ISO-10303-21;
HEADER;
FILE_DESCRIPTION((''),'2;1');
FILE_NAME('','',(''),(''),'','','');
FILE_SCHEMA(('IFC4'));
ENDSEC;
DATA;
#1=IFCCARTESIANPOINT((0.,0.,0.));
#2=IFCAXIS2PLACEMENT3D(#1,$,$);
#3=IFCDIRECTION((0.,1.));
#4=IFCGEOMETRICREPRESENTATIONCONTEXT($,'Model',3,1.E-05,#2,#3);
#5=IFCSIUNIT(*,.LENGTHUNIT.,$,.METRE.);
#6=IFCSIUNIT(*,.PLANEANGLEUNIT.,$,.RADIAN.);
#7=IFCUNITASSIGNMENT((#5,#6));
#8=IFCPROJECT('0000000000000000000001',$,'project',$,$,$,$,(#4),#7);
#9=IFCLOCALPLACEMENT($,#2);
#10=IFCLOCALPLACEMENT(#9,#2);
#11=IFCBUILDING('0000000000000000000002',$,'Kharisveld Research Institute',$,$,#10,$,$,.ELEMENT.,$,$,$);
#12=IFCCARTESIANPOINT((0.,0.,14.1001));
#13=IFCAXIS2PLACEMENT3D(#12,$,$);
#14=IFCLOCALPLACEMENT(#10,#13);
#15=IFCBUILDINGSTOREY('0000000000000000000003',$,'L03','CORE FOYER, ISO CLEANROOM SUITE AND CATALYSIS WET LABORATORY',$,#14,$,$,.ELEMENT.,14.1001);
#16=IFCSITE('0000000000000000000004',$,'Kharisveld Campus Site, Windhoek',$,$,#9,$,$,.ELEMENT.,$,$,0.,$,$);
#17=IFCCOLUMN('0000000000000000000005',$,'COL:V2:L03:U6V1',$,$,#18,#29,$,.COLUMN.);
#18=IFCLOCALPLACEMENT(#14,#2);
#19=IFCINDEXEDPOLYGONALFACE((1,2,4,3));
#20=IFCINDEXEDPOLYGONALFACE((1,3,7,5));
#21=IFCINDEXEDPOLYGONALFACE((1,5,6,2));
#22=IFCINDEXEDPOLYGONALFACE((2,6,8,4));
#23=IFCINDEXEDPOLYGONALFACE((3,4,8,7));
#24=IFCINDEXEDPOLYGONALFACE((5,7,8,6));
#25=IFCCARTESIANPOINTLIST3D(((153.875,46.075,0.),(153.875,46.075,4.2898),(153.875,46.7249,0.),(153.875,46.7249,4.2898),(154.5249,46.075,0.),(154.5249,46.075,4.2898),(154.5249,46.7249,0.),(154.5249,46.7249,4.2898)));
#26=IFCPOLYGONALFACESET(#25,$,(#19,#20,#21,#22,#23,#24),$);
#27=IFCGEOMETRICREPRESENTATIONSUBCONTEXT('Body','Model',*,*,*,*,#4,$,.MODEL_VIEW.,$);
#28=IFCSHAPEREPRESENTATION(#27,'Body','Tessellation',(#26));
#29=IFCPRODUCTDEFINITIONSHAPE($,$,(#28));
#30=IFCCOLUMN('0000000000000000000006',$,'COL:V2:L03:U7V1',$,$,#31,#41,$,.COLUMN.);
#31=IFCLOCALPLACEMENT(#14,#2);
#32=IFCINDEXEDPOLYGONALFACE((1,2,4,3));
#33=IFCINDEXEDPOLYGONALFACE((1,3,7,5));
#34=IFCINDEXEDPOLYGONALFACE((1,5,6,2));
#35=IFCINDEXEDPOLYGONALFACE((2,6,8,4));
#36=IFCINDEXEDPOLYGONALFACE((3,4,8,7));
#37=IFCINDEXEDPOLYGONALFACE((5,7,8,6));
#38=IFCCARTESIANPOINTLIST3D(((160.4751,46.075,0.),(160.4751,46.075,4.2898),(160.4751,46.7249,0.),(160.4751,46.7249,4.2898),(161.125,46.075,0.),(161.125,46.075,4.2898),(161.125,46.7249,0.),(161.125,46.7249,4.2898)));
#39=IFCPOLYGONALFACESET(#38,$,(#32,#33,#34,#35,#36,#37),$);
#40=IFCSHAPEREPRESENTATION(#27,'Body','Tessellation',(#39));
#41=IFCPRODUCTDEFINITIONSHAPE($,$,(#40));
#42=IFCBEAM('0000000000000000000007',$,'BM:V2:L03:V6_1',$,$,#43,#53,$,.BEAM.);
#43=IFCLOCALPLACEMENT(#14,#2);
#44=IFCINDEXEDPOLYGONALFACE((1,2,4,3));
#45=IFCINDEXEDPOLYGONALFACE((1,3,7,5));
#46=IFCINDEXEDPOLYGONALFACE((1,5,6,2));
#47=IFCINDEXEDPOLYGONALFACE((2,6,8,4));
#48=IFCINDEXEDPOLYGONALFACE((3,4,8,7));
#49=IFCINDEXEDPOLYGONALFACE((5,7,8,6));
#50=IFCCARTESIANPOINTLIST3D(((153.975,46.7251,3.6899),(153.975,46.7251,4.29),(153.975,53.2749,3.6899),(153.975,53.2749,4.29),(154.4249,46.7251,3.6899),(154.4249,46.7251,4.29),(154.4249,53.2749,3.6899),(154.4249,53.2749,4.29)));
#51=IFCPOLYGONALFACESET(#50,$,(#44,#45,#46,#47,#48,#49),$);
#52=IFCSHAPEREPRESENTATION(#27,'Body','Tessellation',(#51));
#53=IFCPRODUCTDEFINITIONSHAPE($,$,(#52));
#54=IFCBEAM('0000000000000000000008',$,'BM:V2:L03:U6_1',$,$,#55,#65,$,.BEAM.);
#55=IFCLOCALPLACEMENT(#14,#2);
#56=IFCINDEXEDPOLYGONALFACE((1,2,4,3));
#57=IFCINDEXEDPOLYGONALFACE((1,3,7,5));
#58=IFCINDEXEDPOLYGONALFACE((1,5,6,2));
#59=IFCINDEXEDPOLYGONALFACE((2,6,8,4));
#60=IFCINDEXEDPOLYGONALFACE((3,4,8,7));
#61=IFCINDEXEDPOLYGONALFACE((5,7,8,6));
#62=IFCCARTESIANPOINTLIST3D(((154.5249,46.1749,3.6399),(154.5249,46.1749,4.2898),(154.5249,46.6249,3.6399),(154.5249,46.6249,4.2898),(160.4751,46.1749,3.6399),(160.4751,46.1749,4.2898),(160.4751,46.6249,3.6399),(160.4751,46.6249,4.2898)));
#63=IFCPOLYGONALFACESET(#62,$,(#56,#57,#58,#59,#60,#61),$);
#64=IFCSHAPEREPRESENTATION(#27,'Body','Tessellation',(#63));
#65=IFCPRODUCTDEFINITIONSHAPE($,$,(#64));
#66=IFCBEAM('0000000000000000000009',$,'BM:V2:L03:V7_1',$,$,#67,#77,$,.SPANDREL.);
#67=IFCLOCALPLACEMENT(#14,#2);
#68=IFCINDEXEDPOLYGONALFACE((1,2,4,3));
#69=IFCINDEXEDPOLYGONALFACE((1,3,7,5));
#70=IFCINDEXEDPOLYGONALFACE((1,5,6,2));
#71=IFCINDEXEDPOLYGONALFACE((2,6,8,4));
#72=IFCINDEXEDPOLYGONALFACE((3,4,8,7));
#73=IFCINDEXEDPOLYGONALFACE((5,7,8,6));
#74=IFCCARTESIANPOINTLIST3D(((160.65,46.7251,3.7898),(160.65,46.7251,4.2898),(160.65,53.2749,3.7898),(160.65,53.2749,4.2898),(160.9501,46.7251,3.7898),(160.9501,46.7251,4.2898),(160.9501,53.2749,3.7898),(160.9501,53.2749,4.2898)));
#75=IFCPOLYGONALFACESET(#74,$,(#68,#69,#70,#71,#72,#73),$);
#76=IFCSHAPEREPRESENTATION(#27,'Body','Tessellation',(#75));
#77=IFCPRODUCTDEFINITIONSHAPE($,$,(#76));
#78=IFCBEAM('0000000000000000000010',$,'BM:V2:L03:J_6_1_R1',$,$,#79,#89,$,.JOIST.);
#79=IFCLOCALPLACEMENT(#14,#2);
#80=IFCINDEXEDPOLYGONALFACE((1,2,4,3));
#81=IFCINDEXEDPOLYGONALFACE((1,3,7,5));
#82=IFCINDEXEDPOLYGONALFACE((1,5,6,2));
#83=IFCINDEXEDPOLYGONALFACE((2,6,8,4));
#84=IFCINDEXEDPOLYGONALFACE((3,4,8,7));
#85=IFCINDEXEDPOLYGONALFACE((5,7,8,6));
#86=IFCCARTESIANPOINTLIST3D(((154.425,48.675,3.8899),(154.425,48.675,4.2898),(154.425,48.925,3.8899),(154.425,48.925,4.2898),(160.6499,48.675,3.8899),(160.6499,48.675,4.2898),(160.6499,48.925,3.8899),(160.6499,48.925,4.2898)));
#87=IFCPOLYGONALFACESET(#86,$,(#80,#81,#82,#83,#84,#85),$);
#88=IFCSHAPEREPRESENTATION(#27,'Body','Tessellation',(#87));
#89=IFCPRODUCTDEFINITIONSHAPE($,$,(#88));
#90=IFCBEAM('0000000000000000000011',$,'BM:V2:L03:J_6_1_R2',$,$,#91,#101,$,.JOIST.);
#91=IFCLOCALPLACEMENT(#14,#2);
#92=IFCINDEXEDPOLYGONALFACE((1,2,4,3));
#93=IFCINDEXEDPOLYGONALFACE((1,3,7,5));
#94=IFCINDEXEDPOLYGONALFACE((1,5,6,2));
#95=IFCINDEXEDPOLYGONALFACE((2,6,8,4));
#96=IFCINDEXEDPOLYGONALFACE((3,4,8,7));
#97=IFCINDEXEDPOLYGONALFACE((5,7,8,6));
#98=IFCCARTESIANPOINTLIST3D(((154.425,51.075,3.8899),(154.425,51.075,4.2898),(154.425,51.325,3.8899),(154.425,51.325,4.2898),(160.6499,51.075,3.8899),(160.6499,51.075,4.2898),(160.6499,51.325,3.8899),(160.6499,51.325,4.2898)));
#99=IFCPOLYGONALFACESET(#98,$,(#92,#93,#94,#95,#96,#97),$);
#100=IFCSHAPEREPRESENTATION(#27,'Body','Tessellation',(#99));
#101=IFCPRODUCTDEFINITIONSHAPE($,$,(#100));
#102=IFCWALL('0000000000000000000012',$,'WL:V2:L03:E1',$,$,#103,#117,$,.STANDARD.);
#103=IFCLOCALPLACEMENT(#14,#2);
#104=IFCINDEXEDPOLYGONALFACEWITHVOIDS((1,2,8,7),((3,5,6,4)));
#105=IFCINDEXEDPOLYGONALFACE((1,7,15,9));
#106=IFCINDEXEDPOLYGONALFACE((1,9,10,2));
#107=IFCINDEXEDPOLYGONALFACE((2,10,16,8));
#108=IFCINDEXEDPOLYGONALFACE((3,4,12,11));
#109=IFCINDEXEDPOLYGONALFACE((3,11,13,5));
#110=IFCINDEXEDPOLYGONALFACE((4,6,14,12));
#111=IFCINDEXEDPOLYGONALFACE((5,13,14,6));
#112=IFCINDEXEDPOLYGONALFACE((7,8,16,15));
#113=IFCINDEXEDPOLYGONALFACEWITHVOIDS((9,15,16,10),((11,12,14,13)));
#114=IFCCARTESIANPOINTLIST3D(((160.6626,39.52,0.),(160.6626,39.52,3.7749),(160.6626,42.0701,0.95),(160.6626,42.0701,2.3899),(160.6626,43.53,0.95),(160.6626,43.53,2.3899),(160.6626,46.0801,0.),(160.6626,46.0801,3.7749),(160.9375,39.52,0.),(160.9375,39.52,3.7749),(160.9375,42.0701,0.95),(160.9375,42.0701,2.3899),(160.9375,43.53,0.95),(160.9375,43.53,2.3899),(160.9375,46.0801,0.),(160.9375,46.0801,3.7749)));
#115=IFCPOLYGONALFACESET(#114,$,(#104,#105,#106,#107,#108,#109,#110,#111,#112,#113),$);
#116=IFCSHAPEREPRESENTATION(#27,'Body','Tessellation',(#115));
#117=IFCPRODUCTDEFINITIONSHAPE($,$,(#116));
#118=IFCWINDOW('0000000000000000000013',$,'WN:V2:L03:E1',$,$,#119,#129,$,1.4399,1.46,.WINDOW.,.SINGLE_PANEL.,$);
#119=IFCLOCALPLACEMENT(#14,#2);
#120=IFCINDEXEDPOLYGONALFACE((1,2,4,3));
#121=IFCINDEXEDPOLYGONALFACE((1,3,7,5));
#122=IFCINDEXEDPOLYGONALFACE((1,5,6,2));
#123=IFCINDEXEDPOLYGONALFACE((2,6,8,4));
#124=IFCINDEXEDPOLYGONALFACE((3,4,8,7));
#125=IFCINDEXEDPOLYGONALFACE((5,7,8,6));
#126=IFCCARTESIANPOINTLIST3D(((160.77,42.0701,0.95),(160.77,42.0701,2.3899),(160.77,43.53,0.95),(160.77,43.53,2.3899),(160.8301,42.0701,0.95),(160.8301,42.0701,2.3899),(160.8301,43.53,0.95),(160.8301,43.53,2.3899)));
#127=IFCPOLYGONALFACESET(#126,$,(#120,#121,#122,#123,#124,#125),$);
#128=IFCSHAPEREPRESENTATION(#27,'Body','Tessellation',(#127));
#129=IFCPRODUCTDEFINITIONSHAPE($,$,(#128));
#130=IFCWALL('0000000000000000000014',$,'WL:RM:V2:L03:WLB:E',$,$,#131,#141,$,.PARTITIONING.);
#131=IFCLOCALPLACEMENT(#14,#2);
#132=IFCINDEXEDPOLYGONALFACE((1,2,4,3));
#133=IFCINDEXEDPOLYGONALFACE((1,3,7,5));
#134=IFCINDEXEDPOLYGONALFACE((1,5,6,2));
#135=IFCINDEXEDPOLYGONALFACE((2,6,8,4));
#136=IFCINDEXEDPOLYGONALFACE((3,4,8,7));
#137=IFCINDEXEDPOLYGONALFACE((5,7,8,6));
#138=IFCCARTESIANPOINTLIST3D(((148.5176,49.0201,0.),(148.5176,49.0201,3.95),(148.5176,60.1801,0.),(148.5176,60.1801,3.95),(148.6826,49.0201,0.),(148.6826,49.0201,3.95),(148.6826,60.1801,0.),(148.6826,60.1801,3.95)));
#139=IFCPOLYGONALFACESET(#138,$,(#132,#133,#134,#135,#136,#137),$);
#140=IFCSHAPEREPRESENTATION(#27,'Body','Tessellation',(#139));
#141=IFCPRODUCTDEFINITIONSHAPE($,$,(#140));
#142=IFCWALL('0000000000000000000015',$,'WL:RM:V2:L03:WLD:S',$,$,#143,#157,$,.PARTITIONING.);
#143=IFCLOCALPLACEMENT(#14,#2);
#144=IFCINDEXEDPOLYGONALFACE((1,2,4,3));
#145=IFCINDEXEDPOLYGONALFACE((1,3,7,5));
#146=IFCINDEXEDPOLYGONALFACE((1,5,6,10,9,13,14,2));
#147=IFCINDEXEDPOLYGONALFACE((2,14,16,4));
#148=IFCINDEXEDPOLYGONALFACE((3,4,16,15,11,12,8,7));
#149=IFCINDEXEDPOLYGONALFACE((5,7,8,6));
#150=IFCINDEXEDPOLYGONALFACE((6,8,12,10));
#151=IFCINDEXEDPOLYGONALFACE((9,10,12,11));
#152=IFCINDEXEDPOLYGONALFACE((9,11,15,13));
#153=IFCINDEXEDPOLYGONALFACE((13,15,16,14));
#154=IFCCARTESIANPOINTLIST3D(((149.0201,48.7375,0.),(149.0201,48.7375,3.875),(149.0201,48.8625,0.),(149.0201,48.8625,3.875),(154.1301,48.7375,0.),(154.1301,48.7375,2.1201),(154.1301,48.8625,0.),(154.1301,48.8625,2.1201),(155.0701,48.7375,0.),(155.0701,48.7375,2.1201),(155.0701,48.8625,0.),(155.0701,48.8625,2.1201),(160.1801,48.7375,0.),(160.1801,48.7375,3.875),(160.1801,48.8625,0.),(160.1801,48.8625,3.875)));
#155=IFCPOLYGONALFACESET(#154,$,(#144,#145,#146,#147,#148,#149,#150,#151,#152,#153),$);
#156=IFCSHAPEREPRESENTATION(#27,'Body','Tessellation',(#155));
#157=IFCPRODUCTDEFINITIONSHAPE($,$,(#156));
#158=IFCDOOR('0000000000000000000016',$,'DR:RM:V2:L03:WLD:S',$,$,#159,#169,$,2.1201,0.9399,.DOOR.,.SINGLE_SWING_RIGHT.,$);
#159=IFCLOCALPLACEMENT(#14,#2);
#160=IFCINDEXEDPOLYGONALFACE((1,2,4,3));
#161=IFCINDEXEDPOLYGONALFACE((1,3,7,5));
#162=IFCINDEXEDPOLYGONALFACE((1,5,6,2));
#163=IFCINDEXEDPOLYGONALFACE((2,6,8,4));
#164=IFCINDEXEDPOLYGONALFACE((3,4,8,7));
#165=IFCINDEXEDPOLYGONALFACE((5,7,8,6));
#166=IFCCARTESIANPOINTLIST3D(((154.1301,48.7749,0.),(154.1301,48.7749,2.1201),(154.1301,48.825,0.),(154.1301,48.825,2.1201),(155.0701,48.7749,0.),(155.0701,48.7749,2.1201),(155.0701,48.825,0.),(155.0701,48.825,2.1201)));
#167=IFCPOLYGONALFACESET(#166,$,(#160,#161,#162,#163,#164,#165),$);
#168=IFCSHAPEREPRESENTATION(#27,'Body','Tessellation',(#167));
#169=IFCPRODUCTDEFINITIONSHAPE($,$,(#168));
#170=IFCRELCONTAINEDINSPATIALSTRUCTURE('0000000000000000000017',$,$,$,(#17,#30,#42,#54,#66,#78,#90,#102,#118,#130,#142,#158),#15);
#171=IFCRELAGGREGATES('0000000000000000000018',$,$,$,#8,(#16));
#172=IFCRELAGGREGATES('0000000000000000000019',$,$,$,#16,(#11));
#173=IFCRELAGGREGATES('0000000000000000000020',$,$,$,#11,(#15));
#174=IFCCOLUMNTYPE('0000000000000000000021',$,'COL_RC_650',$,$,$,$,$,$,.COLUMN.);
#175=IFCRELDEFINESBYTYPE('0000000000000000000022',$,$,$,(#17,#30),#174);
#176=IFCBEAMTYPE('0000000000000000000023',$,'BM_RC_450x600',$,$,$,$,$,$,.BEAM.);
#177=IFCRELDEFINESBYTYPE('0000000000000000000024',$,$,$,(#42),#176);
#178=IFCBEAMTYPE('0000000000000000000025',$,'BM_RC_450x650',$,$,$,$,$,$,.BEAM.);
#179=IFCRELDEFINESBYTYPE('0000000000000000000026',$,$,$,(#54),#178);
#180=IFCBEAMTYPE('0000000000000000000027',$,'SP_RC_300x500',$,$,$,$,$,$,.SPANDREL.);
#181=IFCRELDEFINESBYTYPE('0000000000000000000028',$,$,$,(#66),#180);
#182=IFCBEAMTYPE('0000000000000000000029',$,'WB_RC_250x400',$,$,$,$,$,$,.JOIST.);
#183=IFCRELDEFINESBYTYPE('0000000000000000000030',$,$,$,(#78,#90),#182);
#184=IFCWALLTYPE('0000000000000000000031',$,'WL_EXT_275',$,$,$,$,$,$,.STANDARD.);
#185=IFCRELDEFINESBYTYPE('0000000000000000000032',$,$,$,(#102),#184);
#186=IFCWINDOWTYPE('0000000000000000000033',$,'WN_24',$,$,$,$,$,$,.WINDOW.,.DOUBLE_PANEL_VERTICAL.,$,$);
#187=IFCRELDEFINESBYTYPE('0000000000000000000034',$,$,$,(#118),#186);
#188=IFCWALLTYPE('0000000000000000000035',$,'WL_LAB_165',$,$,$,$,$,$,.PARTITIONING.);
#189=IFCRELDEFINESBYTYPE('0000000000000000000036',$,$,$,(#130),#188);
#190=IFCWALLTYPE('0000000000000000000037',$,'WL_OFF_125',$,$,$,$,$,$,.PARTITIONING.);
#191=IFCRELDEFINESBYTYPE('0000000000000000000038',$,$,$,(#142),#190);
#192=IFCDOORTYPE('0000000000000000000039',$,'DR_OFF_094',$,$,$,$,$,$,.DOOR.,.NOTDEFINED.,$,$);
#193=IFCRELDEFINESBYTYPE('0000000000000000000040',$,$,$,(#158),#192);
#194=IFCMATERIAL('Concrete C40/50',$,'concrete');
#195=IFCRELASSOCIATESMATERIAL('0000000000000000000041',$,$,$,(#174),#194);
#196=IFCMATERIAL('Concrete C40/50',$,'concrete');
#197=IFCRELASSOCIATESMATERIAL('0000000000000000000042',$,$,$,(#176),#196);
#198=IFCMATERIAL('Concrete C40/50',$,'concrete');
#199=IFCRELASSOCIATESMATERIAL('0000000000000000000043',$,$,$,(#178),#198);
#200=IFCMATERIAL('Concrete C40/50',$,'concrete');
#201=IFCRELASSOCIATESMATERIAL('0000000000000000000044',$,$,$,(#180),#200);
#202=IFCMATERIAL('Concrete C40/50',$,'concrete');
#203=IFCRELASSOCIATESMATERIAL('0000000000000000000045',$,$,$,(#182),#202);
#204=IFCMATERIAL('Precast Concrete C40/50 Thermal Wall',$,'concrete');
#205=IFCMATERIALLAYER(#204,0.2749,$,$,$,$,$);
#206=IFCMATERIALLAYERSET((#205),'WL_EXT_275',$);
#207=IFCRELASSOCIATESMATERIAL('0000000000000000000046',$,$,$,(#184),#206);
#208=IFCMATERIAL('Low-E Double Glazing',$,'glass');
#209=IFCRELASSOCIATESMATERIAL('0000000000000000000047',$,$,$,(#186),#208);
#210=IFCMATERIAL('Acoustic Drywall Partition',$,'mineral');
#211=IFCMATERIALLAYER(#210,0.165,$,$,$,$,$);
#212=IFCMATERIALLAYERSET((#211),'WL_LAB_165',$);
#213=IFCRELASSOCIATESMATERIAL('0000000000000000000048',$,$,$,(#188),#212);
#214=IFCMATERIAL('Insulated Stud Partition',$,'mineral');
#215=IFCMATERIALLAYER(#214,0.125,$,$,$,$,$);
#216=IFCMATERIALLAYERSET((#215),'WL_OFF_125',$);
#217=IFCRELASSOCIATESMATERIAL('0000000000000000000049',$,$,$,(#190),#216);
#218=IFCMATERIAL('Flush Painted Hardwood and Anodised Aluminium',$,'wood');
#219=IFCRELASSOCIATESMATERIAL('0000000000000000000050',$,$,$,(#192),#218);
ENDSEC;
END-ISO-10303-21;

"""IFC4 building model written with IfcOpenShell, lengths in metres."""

from ifc_helpers import new_model, si_unit, direction, frame, frame_2d, origin, origin_2d, place, context, subcontext, project, spatial, rectangle, extrude, material, layer, layer_set, material_profile, profile_set, type_object, element, fill, save


model = new_model("IFC4")

# Units and contexts
model_context = context("Model", 3, precision=1e-05, world=origin(), true_north=direction((0.0, 1.0)))
body_context = subcontext(model_context, "Body", "Model", "MODEL_VIEW")
ifc_project = project(units=[si_unit("LENGTHUNIT", "METRE"), si_unit("PLANEANGLEUNIT", "RADIAN")], contexts=[model_context])

# Site, building, storey
site_placement = place(None, origin())
site = spatial("IfcSite", under=ifc_project, at=site_placement, Name="Kharisveld Campus Site, Windhoek", CompositionType="ELEMENT", RefElevation=0.0)
building_placement = place(site_placement, origin())
building = spatial("IfcBuilding", under=site, at=building_placement, Name="Kharisveld Research Institute", CompositionType="ELEMENT")
storey_placement = place(building_placement, frame((0.0, 0.0, 14.1001)))
storey = spatial("IfcBuildingStorey", under=building, at=storey_placement, Name="L03", Description="CORE FOYER, ISO CLEANROOM SUITE AND CATALYSIS WET LABORATORY", CompositionType="ELEMENT", Elevation=14.1001)

# Columns
ifc_material_1 = material(Name="Concrete C40/50", Category="concrete")
ifc_material_profile_1 = material_profile(ifc_material_1, rectangle(XDim=0.6499, YDim=0.6499, at=origin_2d()))
ifc_profile_set_1 = profile_set([ifc_material_profile_1], Name="Concrete C40/50")
column_type = type_object("IfcColumnType", Name="COL_RC_650", PredefinedType="COLUMN", material=ifc_profile_set_1)
for number, where, z_axis, x_axis, name in (
    (1, (154.2, 46.3999, 0.0), (0.0, 0.0, 1.0), (1.0, 0.0, 0.0), "COL:V2:L03:U6V1"),
    (2, (160.8, 46.3999, 0.0), (0.0, 0.0, 1.0), (1.0, 0.0, 0.0), "COL:V2:L03:U7V1"),
):
    element("IfcColumn", number, at=place(storey_placement, frame(where, z_axis=z_axis, x_axis=x_axis)), inside=storey, type_object=column_type, Name=name, PredefinedType="COLUMN", context=body_context, shape_type="SweptSolid", body=[
        extrude(rectangle(XDim=0.6499, YDim=0.6499, at=origin_2d()), origin(), (0.0, 0.0, 1.0), 4.2898),
    ])

# Beams
ifc_material_2 = material(Name="Concrete C40/50", Category="concrete")
ifc_material_profile_2 = material_profile(ifc_material_2, rectangle(XDim=0.45, YDim=0.6001, at=origin_2d()))
ifc_profile_set_2 = profile_set([ifc_material_profile_2], Name="Concrete C40/50")
beam_type_1 = type_object("IfcBeamType", Name="BM_RC_450x600", PredefinedType="BEAM", material=ifc_profile_set_2)
beam_1_placement = place(storey_placement, frame((154.2, 46.7251, 3.99), z_axis=(0.0, 1.0, 0.0), x_axis=(-1.0, 0.0, 0.0)))
element("IfcBeam", 3, at=beam_1_placement, inside=storey, type_object=beam_type_1, Name="BM:V2:L03:V6_1", PredefinedType="BEAM", context=body_context, shape_type="SweptSolid", body=[
    extrude(rectangle(XDim=0.45, YDim=0.6001, at=origin_2d()), origin(), (0.0, 0.0, 1.0), 6.5498),
])
ifc_material_3 = material(Name="Concrete C40/50", Category="concrete")
ifc_material_profile_3 = material_profile(ifc_material_3, rectangle(XDim=0.45, YDim=0.6499, at=origin_2d()))
ifc_profile_set_3 = profile_set([ifc_material_profile_3], Name="Concrete C40/50")
beam_type_2 = type_object("IfcBeamType", Name="BM_RC_450x650", PredefinedType="BEAM", material=ifc_profile_set_3)
beam_2_placement = place(storey_placement, frame((154.5249, 46.3999, 3.9648), z_axis=(1.0, 0.0, 0.0), x_axis=(0.0, 1.0, 0.0)))
element("IfcBeam", 4, at=beam_2_placement, inside=storey, type_object=beam_type_2, Name="BM:V2:L03:U6_1", PredefinedType="BEAM", context=body_context, shape_type="SweptSolid", body=[
    extrude(rectangle(XDim=0.45, YDim=0.6499, at=origin_2d()), origin(), (0.0, 0.0, 1.0), 5.9502),
])
ifc_material_4 = material(Name="Concrete C40/50", Category="concrete")
ifc_material_profile_4 = material_profile(ifc_material_4, rectangle(XDim=0.3, YDim=0.5, at=origin_2d()))
ifc_profile_set_4 = profile_set([ifc_material_profile_4], Name="Concrete C40/50")
beam_type_3 = type_object("IfcBeamType", Name="SP_RC_300x500", PredefinedType="SPANDREL", material=ifc_profile_set_4)
beam_3_placement = place(storey_placement, frame((160.8, 46.7251, 4.0398), z_axis=(0.0, 1.0, 0.0), x_axis=(-1.0, 0.0, 0.0)))
element("IfcBeam", 5, at=beam_3_placement, inside=storey, type_object=beam_type_3, Name="BM:V2:L03:V7_1", PredefinedType="SPANDREL", context=body_context, shape_type="SweptSolid", body=[
    extrude(rectangle(XDim=0.3, YDim=0.5, at=origin_2d()), origin(), (0.0, 0.0, 1.0), 6.5498),
])
ifc_material_5 = material(Name="Concrete C40/50", Category="concrete")
ifc_material_profile_5 = material_profile(ifc_material_5, rectangle(XDim=0.25, YDim=0.3999, at=origin_2d()))
ifc_profile_set_5 = profile_set([ifc_material_profile_5], Name="Concrete C40/50")
beam_type_4 = type_object("IfcBeamType", Name="WB_RC_250x400", PredefinedType="JOIST", material=ifc_profile_set_5)
for number, where, z_axis, x_axis, name in (
    (6, (154.425, 48.8, 4.0898), (1.0, 0.0, 0.0), (0.0, 1.0, 0.0), "BM:V2:L03:J_6_1_R1"),
    (7, (154.425, 51.2, 4.0898), (1.0, 0.0, 0.0), (0.0, 1.0, 0.0), "BM:V2:L03:J_6_1_R2"),
):
    element("IfcBeam", number, at=place(storey_placement, frame(where, z_axis=z_axis, x_axis=x_axis)), inside=storey, type_object=beam_type_4, Name=name, PredefinedType="JOIST", context=body_context, shape_type="SweptSolid", body=[
        extrude(rectangle(XDim=0.25, YDim=0.3999, at=origin_2d()), origin(), (0.0, 0.0, 1.0), 6.2249),
    ])

# Wall, opening, window
ifc_material_6 = material(Name="Precast Concrete C40/50 Thermal Wall", Category="concrete")
ifc_layer_1 = layer(ifc_material_6, 0.2749)
ifc_layer_set_1 = layer_set([ifc_layer_1], Name="WL_EXT_275")
wall_type_1 = type_object("IfcWallType", Name="WL_EXT_275", PredefinedType="STANDARD", material=ifc_layer_set_1)
wall_1_placement = place(storey_placement, frame((160.8, 46.0801, 0.0), z_axis=(0.0, 0.0, 1.0), x_axis=(0.0, -1.0, 0.0)))
wall_1 = element("IfcWall", 8, at=wall_1_placement, inside=storey, type_object=wall_type_1, Name="WL:V2:L03:E1", PredefinedType="STANDARD", context=body_context, shape_type="SweptSolid", body=[
    extrude(rectangle(XDim=6.5601, YDim=0.2749, at=frame_2d((3.28, 0.0))), origin(), (0.0, 0.0, 1.0), 3.7749),
])
opening_1_placement = place(wall_1_placement, frame((2.55, 0.0, 0.95)))
opening_1 = element("IfcOpeningElement", 9, at=opening_1_placement, cuts=wall_1, PredefinedType="OPENING", context=body_context, shape_type="SweptSolid", body=[
    extrude(rectangle(XDim=1.46, YDim=1.4399, at=frame_2d((0.73, 0.72))), frame((0.0, 0.1375, 0.0), z_axis=(0.0, -1.0, 0.0), x_axis=(1.0, 0.0, 0.0)), (0.0, 0.0, 1.0), 0.2749),
])
ifc_material_7 = material(Name="Low-E Double Glazing", Category="glass")
window_type = type_object("IfcWindowType", Name="WN_24", PartitioningType="DOUBLE_PANEL_VERTICAL", PredefinedType="WINDOW", material=ifc_material_7)
window_placement = place(opening_1_placement, origin())
window = element("IfcWindow", 10, at=window_placement, inside=storey, type_object=window_type, Name="WN:V2:L03:E1", OverallHeight=1.4399, OverallWidth=1.46, PartitioningType="SINGLE_PANEL", PredefinedType="WINDOW", context=body_context, shape_type="SweptSolid", body=[
    extrude(rectangle(XDim=1.46, YDim=1.4399, at=frame_2d((0.73, 0.72))), frame((0.0, 0.03, 0.0), z_axis=(0.0, -1.0, 0.0), x_axis=(1.0, 0.0, 0.0)), (0.0, 0.0, 1.0), 0.0601),
])
fill(opening_1, window)

# Wall
ifc_material_8 = material(Name="Acoustic Drywall Partition", Category="mineral")
ifc_layer_2 = layer(ifc_material_8, 0.165)
ifc_layer_set_2 = layer_set([ifc_layer_2], Name="WL_LAB_165")
wall_type_2 = type_object("IfcWallType", Name="WL_LAB_165", PredefinedType="PARTITIONING", material=ifc_layer_set_2)
wall_2_placement = place(storey_placement, frame((148.6001, 49.02, 0.0), z_axis=(0.0, 0.0, 1.0), x_axis=(0.0, 1.0, 0.0)))
element("IfcWall", 11, at=wall_2_placement, inside=storey, type_object=wall_type_2, Name="WL:RM:V2:L03:WLB:E", PredefinedType="PARTITIONING", context=body_context, shape_type="SweptSolid", body=[
    extrude(rectangle(XDim=11.1599, YDim=0.165, at=frame_2d((5.5801, 0.0))), origin(), (0.0, 0.0, 1.0), 3.95),
])

# Wall, opening, door
ifc_material_9 = material(Name="Insulated Stud Partition", Category="mineral")
ifc_layer_3 = layer(ifc_material_9, 0.125)
ifc_layer_set_3 = layer_set([ifc_layer_3], Name="WL_OFF_125")
wall_type_3 = type_object("IfcWallType", Name="WL_OFF_125", PredefinedType="PARTITIONING", material=ifc_layer_set_3)
wall_3_placement = place(storey_placement, frame((149.02, 48.8, 0.0), z_axis=(0.0, 0.0, 1.0), x_axis=(1.0, 0.0, 0.0)))
wall_3 = element("IfcWall", 12, at=wall_3_placement, inside=storey, type_object=wall_type_3, Name="WL:RM:V2:L03:WLD:S", PredefinedType="PARTITIONING", context=body_context, shape_type="SweptSolid", body=[
    extrude(rectangle(XDim=11.1599, YDim=0.125, at=frame_2d((5.5801, 0.0))), origin(), (0.0, 0.0, 1.0), 3.875),
])
opening_2_placement = place(wall_3_placement, frame((5.1101, 0.0, 0.0)))
opening_2 = element("IfcOpeningElement", 13, at=opening_2_placement, cuts=wall_3, PredefinedType="OPENING", context=body_context, shape_type="SweptSolid", body=[
    extrude(rectangle(XDim=0.9399, YDim=2.1201, at=frame_2d((0.47, 1.0601))), frame((0.0, 0.0625, 0.0), z_axis=(0.0, -1.0, 0.0), x_axis=(1.0, 0.0, 0.0)), (0.0, 0.0, 1.0), 0.125),
])
ifc_material_10 = material(Name="Flush Painted Hardwood and Anodised Aluminium", Category="wood")
door_type = type_object("IfcDoorType", Name="DR_OFF_094", OperationType="NOTDEFINED", PredefinedType="DOOR", material=ifc_material_10)
door_1_placement = place(opening_2_placement, origin())
door_1 = element("IfcDoor", 14, at=door_1_placement, inside=storey, type_object=door_type, Name="DR:RM:V2:L03:WLD:S", OperationType="SINGLE_SWING_RIGHT", OverallHeight=2.1201, OverallWidth=0.9399, PredefinedType="DOOR", context=body_context, shape_type="SweptSolid", body=[
    extrude(rectangle(XDim=0.9399, YDim=2.1201, at=frame_2d((0.47, 1.0601))), frame((0.0, 0.0249, 0.0), z_axis=(0.0, -1.0, 0.0), x_axis=(1.0, 0.0, 0.0)), (0.0, 0.0, 1.0), 0.05),
])
fill(opening_2, door_1)

save(model, "model.ifc")
